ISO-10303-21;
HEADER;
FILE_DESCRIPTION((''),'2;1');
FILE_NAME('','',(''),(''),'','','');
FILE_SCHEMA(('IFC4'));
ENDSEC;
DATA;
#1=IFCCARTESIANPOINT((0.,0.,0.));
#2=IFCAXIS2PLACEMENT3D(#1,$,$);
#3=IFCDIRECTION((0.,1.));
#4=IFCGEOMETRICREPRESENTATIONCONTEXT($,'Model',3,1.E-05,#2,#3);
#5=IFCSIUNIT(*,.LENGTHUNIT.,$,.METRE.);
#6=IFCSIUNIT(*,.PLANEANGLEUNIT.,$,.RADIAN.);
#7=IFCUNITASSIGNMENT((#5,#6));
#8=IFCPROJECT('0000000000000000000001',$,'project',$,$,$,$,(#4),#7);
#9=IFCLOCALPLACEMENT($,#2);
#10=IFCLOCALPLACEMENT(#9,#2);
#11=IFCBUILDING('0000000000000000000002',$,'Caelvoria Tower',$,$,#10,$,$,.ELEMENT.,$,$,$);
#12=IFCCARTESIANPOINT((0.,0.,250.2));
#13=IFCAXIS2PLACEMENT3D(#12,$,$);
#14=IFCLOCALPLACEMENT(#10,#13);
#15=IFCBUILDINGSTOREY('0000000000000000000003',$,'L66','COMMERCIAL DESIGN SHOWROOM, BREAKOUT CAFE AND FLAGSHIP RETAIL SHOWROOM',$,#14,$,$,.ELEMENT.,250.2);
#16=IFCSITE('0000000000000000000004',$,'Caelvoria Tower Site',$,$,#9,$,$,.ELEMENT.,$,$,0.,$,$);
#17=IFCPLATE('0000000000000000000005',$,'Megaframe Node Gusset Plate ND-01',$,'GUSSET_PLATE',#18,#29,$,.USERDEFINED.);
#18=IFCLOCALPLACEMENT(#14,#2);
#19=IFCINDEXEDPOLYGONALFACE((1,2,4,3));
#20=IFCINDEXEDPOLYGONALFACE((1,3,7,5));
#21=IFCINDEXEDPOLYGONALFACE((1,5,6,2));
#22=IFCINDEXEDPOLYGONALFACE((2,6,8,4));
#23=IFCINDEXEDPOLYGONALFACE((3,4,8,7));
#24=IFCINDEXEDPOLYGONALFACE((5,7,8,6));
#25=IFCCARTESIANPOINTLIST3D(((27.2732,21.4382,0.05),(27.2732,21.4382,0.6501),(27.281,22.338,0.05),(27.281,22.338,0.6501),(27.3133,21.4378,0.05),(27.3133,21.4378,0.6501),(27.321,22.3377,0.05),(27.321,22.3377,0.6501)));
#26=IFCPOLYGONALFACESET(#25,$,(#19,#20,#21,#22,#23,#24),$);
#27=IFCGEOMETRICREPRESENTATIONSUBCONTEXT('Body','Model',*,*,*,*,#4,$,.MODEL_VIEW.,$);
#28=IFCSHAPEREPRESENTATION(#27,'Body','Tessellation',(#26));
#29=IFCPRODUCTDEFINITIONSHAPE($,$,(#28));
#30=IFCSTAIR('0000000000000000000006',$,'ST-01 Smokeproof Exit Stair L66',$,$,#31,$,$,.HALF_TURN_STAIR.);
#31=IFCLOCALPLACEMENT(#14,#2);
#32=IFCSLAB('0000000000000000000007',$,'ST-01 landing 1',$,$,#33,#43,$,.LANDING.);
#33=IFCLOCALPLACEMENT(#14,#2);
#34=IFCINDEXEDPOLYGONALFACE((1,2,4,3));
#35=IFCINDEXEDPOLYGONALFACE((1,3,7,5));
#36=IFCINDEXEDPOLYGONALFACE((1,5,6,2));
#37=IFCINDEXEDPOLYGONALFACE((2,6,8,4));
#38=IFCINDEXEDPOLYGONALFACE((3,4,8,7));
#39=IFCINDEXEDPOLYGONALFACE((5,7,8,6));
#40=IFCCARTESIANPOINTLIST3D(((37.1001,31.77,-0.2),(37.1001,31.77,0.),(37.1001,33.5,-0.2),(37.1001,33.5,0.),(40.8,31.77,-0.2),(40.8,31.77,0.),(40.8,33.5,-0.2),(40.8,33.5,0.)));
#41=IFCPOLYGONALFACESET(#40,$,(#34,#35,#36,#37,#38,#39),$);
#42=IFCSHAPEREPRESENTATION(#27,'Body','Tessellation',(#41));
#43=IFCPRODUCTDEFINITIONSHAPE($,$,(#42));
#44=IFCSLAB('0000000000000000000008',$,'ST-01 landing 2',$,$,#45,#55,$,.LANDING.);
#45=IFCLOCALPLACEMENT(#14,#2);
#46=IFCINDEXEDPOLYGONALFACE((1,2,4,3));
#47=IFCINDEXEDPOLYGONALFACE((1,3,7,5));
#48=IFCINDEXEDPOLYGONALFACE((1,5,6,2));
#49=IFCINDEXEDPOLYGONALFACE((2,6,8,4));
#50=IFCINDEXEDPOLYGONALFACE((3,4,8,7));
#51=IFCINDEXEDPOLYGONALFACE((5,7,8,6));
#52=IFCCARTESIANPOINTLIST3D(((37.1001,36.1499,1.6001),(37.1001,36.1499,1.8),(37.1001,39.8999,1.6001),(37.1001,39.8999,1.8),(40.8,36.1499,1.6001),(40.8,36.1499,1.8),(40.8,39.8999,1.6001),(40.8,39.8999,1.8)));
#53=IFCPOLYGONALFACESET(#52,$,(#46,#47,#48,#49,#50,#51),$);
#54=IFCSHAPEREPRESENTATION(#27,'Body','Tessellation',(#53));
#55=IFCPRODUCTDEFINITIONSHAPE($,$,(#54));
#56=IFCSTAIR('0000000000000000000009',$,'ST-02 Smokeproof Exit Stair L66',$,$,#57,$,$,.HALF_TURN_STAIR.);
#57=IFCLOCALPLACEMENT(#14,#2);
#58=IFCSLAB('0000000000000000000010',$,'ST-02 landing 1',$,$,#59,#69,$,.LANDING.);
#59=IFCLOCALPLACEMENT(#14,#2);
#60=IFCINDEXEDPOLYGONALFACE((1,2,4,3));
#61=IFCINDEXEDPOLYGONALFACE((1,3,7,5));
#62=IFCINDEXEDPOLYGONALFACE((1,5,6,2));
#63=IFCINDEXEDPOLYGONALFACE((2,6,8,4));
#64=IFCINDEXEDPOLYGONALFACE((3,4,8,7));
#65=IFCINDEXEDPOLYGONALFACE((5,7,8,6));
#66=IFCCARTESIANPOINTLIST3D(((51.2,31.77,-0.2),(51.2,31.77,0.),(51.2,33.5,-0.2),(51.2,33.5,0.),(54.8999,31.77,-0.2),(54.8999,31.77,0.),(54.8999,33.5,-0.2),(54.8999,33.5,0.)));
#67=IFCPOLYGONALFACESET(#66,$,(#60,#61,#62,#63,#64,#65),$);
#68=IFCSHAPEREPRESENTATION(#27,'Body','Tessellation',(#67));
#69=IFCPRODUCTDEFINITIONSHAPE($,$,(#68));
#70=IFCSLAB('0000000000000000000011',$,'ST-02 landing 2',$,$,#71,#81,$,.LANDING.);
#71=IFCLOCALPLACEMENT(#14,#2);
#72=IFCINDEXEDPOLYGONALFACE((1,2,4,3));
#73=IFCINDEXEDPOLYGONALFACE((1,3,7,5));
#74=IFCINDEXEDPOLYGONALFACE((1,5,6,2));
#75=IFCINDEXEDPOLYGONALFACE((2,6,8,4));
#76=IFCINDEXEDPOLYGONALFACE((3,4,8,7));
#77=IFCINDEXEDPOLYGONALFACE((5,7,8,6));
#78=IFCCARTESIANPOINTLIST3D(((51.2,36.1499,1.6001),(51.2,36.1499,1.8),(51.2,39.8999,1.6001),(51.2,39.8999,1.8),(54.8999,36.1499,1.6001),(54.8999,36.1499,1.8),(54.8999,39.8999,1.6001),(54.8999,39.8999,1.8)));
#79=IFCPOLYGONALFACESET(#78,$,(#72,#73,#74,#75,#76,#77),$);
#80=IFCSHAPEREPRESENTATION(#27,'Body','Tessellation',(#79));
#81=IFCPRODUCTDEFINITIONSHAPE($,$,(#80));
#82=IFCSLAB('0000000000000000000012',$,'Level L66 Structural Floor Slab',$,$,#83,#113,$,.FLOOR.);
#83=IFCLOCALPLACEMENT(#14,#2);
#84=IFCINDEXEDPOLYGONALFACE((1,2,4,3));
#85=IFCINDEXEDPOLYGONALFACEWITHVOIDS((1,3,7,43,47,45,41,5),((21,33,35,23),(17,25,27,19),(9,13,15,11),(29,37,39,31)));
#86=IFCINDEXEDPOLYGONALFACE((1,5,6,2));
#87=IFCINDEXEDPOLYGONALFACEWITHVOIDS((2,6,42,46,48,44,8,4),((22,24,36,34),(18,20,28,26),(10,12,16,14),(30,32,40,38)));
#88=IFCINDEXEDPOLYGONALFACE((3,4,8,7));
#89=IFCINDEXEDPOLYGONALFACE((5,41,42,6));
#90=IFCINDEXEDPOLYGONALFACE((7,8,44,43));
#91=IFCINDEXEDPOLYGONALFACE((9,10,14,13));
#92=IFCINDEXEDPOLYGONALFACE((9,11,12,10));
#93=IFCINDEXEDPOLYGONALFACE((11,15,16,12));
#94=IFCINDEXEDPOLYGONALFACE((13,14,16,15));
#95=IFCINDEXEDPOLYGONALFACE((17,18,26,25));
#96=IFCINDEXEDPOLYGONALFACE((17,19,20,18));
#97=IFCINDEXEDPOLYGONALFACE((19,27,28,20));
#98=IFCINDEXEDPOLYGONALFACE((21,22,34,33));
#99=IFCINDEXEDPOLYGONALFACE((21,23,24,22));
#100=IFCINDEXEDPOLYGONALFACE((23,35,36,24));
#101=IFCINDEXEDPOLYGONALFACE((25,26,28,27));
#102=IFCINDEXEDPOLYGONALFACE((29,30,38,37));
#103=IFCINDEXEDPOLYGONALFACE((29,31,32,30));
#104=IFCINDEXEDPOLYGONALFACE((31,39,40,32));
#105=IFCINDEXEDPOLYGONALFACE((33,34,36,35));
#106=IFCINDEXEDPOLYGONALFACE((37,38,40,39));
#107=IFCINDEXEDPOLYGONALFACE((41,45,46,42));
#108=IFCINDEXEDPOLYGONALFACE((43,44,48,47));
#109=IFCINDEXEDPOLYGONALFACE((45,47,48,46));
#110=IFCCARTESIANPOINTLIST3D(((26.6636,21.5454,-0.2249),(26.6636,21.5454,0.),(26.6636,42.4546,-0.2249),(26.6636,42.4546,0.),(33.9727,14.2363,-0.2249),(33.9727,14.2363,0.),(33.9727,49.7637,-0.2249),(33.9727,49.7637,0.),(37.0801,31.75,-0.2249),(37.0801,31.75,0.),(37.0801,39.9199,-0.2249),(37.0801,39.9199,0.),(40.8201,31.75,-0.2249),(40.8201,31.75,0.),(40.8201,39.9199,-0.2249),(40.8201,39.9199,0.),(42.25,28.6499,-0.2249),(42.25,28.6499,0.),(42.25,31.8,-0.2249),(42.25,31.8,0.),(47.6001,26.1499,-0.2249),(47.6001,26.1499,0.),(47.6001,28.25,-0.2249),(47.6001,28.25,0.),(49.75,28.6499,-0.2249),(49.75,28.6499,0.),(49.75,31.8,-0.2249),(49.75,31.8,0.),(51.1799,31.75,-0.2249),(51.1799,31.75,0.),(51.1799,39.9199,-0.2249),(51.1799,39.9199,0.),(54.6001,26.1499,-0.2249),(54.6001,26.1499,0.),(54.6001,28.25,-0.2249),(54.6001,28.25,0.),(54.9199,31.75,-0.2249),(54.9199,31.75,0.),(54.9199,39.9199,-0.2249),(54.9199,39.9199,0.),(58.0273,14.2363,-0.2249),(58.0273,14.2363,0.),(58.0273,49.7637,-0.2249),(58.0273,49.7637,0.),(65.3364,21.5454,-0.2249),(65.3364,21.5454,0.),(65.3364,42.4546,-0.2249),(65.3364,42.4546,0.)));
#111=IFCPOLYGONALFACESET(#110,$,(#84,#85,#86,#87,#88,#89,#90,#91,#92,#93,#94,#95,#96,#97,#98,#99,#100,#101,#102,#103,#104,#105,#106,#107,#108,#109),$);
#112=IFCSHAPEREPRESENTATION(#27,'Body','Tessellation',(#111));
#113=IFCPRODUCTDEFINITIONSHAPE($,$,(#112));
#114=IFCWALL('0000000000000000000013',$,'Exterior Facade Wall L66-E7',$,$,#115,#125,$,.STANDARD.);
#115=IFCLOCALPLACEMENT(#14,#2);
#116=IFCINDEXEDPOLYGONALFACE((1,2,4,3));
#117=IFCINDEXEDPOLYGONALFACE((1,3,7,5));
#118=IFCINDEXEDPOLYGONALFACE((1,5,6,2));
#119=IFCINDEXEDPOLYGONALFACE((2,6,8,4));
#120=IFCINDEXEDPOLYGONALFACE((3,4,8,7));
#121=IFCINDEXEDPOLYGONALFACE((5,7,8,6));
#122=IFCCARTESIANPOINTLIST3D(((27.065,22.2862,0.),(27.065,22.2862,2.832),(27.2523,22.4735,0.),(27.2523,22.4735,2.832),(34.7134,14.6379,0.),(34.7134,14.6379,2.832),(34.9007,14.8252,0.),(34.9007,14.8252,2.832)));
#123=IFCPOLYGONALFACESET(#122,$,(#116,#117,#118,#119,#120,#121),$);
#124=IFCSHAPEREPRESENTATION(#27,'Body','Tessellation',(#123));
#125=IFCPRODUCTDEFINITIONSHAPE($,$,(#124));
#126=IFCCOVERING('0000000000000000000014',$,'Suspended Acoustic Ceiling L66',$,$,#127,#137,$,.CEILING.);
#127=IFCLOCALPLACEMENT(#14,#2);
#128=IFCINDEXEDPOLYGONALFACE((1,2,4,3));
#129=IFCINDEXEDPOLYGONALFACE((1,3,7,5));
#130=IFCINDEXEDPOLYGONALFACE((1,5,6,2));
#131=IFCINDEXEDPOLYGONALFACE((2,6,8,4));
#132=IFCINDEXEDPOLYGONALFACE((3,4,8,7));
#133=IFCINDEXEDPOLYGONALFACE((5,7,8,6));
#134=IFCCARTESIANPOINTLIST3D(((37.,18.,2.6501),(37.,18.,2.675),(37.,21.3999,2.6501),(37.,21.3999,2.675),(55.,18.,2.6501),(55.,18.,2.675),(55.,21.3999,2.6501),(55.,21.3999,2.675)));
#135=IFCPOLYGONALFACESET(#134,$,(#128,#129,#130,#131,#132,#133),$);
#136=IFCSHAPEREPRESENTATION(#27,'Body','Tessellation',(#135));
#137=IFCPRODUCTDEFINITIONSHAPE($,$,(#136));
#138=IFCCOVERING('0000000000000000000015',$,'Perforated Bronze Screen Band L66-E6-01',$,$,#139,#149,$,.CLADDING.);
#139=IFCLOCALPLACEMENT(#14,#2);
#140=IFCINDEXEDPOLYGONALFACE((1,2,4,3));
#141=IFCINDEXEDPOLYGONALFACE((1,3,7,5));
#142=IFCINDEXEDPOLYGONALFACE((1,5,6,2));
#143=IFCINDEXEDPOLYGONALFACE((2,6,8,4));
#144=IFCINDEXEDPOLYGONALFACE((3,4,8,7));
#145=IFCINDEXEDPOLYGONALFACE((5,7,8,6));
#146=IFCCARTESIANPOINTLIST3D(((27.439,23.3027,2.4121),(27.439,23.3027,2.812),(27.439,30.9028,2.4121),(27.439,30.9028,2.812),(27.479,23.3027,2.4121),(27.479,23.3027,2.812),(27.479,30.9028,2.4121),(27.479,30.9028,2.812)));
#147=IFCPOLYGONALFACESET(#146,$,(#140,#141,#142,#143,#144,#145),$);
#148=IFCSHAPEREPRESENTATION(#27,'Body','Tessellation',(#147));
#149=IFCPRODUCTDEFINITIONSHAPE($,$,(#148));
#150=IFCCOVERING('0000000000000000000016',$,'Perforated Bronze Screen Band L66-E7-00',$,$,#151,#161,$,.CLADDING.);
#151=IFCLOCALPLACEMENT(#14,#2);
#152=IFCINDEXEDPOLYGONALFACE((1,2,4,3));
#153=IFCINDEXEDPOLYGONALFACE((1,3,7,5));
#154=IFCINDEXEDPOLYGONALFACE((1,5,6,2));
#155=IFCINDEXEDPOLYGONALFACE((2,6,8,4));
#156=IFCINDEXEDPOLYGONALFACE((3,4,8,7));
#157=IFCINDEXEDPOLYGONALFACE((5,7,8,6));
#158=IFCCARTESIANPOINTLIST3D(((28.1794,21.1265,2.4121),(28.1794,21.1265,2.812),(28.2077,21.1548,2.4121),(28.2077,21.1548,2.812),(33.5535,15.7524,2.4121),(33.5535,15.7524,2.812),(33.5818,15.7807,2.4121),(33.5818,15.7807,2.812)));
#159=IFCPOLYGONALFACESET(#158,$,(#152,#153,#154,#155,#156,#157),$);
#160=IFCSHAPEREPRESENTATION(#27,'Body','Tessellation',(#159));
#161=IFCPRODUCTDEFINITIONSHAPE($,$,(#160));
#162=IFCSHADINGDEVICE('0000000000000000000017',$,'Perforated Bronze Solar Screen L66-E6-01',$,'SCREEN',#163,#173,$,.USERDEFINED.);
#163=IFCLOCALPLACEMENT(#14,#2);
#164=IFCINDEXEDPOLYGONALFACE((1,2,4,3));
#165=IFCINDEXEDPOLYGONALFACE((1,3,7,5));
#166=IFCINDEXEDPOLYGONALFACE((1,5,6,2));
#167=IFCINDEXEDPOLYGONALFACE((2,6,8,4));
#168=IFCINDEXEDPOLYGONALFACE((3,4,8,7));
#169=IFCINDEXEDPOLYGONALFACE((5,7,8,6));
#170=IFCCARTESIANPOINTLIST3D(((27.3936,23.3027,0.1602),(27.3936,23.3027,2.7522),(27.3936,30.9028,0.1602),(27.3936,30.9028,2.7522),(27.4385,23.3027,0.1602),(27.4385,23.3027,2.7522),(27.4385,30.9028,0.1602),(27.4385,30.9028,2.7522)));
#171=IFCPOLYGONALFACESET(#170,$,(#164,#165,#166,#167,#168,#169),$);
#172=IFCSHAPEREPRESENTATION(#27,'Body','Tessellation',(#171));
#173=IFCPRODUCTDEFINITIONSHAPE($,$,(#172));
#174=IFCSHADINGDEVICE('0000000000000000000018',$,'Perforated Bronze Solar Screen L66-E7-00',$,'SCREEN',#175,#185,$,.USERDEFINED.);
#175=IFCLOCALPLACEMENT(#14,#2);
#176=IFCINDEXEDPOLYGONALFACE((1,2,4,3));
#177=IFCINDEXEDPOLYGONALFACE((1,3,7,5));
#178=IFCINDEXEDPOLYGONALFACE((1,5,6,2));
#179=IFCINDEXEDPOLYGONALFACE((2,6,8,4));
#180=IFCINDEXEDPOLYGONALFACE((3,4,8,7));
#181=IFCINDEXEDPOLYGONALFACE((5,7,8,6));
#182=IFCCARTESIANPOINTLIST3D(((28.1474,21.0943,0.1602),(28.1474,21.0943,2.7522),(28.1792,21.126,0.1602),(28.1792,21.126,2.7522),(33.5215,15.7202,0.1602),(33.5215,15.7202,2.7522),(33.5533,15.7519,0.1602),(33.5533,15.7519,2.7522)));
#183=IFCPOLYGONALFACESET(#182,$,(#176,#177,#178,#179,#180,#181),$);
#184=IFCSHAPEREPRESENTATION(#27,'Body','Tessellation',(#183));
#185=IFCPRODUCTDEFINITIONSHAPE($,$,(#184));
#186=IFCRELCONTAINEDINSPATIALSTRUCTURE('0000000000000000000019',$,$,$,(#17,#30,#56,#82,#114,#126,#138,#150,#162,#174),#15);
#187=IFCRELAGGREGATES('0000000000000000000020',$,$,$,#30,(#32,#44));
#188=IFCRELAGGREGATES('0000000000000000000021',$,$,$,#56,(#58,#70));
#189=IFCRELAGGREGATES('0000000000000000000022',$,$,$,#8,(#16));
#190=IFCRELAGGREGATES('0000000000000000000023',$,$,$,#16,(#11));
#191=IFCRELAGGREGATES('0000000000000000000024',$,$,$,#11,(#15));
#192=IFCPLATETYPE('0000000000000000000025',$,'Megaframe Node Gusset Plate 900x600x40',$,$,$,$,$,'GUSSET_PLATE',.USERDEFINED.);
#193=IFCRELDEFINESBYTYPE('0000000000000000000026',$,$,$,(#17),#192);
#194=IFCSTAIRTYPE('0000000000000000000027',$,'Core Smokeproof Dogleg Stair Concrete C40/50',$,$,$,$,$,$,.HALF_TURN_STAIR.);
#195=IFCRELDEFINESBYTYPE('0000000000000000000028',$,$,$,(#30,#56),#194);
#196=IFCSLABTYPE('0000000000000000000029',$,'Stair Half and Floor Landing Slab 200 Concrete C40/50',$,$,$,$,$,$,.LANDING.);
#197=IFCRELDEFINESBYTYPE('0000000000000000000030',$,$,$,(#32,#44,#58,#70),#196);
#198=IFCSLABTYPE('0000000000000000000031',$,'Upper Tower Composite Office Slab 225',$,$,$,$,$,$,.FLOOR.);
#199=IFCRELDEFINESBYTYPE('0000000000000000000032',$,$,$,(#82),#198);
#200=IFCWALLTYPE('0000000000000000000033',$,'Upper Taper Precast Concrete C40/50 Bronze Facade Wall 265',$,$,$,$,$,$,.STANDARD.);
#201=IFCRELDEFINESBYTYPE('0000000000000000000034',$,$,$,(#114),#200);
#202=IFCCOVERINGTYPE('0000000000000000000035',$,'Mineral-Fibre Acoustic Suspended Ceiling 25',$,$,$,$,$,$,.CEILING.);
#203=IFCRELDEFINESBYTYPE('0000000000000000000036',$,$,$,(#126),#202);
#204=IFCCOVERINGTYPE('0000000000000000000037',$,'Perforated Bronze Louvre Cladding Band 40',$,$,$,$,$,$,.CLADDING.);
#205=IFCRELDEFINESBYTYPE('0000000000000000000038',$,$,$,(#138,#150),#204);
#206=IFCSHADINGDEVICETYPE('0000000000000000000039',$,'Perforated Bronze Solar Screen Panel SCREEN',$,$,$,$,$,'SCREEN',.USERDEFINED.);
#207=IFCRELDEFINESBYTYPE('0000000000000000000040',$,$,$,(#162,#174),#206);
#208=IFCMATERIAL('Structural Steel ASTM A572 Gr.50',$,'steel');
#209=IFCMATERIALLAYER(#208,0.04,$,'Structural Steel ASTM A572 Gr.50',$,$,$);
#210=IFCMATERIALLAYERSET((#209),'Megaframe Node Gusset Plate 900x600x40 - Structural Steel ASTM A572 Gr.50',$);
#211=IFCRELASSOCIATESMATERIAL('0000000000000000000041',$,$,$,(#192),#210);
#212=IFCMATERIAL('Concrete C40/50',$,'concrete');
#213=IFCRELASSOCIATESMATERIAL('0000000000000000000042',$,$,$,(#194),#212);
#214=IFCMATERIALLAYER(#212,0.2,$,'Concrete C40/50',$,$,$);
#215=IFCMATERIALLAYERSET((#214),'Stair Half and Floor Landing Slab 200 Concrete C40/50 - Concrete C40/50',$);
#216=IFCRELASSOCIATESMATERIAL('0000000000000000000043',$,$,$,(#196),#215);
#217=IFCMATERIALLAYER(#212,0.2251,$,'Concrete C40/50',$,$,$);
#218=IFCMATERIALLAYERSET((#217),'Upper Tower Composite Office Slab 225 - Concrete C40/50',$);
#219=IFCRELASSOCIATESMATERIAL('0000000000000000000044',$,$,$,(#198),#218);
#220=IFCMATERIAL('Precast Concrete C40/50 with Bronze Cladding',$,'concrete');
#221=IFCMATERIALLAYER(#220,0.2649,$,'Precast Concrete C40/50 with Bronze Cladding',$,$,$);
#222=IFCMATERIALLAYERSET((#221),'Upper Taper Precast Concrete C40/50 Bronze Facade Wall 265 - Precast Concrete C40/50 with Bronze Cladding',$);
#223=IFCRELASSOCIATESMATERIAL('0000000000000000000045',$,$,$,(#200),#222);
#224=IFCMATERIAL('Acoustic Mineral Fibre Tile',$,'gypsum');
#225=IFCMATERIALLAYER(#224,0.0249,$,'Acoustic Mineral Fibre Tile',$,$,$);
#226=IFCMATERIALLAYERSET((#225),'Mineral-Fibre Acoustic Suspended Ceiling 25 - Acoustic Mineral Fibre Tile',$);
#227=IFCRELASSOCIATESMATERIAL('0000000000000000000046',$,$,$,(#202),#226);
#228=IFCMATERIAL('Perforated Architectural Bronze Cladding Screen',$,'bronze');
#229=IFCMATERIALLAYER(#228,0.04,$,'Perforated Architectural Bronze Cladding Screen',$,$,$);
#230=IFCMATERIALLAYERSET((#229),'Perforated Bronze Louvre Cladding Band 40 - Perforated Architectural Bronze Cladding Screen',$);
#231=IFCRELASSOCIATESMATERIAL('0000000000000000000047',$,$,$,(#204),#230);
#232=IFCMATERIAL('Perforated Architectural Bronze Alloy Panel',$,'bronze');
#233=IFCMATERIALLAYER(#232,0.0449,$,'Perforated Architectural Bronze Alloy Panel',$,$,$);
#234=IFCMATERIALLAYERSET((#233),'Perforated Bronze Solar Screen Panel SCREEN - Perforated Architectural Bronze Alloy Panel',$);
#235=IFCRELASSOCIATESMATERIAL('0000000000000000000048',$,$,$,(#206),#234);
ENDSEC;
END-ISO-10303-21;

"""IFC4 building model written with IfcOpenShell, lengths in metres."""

from ifc_helpers import new_model, si_unit, direction, frame, frame_2d, origin, origin_2d, place, context, subcontext, project, spatial, polyline, rectangle, outline, extrude, material, layer, layer_set, type_object, element, aggregate, save


model = new_model("IFC4")

# Units and contexts
model_context = context("Model", 3, precision=1e-05, world=origin(), true_north=direction((0.0, 1.0)))
body_context = subcontext(model_context, "Body", "Model", "MODEL_VIEW")
ifc_project = project(units=[si_unit("LENGTHUNIT", "METRE"), si_unit("PLANEANGLEUNIT", "RADIAN")], contexts=[model_context])

# Site, building, storey
site_placement = place(None, origin())
site = spatial("IfcSite", under=ifc_project, at=site_placement, Name="Caelvoria Tower Site", CompositionType="ELEMENT", RefElevation=0.0)
building_placement = place(site_placement, origin())
building = spatial("IfcBuilding", under=site, at=building_placement, Name="Caelvoria Tower", CompositionType="ELEMENT")
storey_placement = place(building_placement, frame((0.0, 0.0, 250.2)))
storey = spatial("IfcBuildingStorey", under=building, at=storey_placement, Name="L66", Description="COMMERCIAL DESIGN SHOWROOM, BREAKOUT CAFE AND FLAGSHIP RETAIL SHOWROOM", CompositionType="ELEMENT", Elevation=250.2)

# Shared definitions
ifc_material_1 = material(Name="Structural Steel ASTM A572 Gr.50", Category="steel")

# Plate
ifc_layer_1 = layer(ifc_material_1, 0.04, Name="Structural Steel ASTM A572 Gr.50")
ifc_layer_set_1 = layer_set([ifc_layer_1], Name="Megaframe Node Gusset Plate 900x600x40 - Structural Steel ASTM A572 Gr.50")
plate_type = type_object("IfcPlateType", Name="Megaframe Node Gusset Plate 900x600x40", ElementType="GUSSET_PLATE", PredefinedType="USERDEFINED", material=ifc_layer_set_1)
for number, where, z_axis, x_axis, name in (
    (1, (27.2971, 21.8879, 0.05), (0.0, 0.0, 1.0), (0.008564, 0.999963, 0.0), "Megaframe Node Gusset Plate ND-01"),
):
    element("IfcPlate", number, at=place(storey_placement, frame(where, z_axis=z_axis, x_axis=x_axis)), inside=storey, type_object=plate_type, Name=name, ObjectType="GUSSET_PLATE", PredefinedType="USERDEFINED", context=body_context, shape_type="SweptSolid", body=[
        extrude(rectangle(XDim=0.8999, YDim=0.04, at=origin_2d()), origin(), (0.0, 0.0, 1.0), 0.6001),
    ])

# Stairs, slabs
ifc_material_2 = material(Name="Concrete C40/50", Category="concrete")
stair_type = type_object("IfcStairType", Name="Core Smokeproof Dogleg Stair Concrete C40/50", PredefinedType="HALF_TURN_STAIR", material=ifc_material_2)
stair_1_placement = place(storey_placement, origin())
stair_1 = element("IfcStair", 2, at=stair_1_placement, inside=storey, type_object=stair_type, Name="ST-01 Smokeproof Exit Stair L66", PredefinedType="HALF_TURN_STAIR")
ifc_layer_2 = layer(ifc_material_2, 0.2, Name="Concrete C40/50")
ifc_layer_set_2 = layer_set([ifc_layer_2], Name="Stair Half and Floor Landing Slab 200 Concrete C40/50 - Concrete C40/50")
slab_type_1 = type_object("IfcSlabType", Name="Stair Half and Floor Landing Slab 200 Concrete C40/50", PredefinedType="LANDING", material=ifc_layer_set_2)
slab_1_placement = place(storey_placement, frame((0.0, 0.0, -0.2)))
slab_1 = element("IfcSlab", 3, at=slab_1_placement, type_object=slab_type_1, Name="ST-01 landing 1", PredefinedType="LANDING", context=body_context, shape_type="SweptSolid", body=[
    extrude(outline(polyline([(37.1001, 31.77), (40.8, 31.77), (40.8, 33.5), (37.1001, 33.5), (37.1001, 31.77)])), origin(), (0.0, 0.0, 1.0), 0.2),
])
slab_2_placement = place(storey_placement, frame((0.0, 0.0, 1.6001)))
slab_2 = element("IfcSlab", 4, at=slab_2_placement, type_object=slab_type_1, Name="ST-01 landing 2", PredefinedType="LANDING", context=body_context, shape_type="SweptSolid", body=[
    extrude(outline(polyline([(37.1001, 36.1499), (40.8, 36.1499), (40.8, 39.8999), (37.1001, 39.8999), (37.1001, 36.1499)])), origin(), (0.0, 0.0, 1.0), 0.2),
])
aggregate(stair_1, [slab_1, slab_2])
stair_2_placement = place(storey_placement, origin())
stair_2 = element("IfcStair", 5, at=stair_2_placement, inside=storey, type_object=stair_type, Name="ST-02 Smokeproof Exit Stair L66", PredefinedType="HALF_TURN_STAIR")
slab_3_placement = place(storey_placement, frame((0.0, 0.0, -0.2)))
slab_3 = element("IfcSlab", 6, at=slab_3_placement, type_object=slab_type_1, Name="ST-02 landing 1", PredefinedType="LANDING", context=body_context, shape_type="SweptSolid", body=[
    extrude(outline(polyline([(51.2, 31.77), (54.8999, 31.77), (54.8999, 33.5), (51.2, 33.5), (51.2, 31.77)])), origin(), (0.0, 0.0, 1.0), 0.2),
])
slab_4_placement = place(storey_placement, frame((0.0, 0.0, 1.6001)))
slab_4 = element("IfcSlab", 7, at=slab_4_placement, type_object=slab_type_1, Name="ST-02 landing 2", PredefinedType="LANDING", context=body_context, shape_type="SweptSolid", body=[
    extrude(outline(polyline([(51.2, 36.1499), (54.8999, 36.1499), (54.8999, 39.8999), (51.2, 39.8999), (51.2, 36.1499)])), origin(), (0.0, 0.0, 1.0), 0.2),
])
aggregate(stair_2, [slab_3, slab_4])

# Slab
ifc_layer_3 = layer(ifc_material_2, 0.2251, Name="Concrete C40/50")
ifc_layer_set_3 = layer_set([ifc_layer_3], Name="Upper Tower Composite Office Slab 225 - Concrete C40/50")
slab_type_2 = type_object("IfcSlabType", Name="Upper Tower Composite Office Slab 225", PredefinedType="FLOOR", material=ifc_layer_set_3)
slab_5_placement = place(storey_placement, frame((0.0, 0.0, -0.2249)))
element("IfcSlab", 8, at=slab_5_placement, inside=storey, type_object=slab_type_2, Name="Level L66 Structural Floor Slab", PredefinedType="FLOOR", context=body_context, shape_type="SweptSolid", body=[
    extrude(outline(polyline([(33.9727, 14.2363), (58.0273, 14.2363), (65.3364, 21.5454), (65.3364, 42.4546), (58.0273, 49.7637), (33.9727, 49.7637), (26.6636, 42.4546), (26.6636, 21.5454), (33.9727, 14.2363)]), holes=[polyline([(37.0801, 31.75), (40.8201, 31.75), (40.8201, 39.9199), (37.0801, 39.9199), (37.0801, 31.75)]), polyline([(51.1799, 31.75), (54.9199, 31.75), (54.9199, 39.9199), (51.1799, 39.9199), (51.1799, 31.75)]), polyline([(42.25, 28.6499), (49.75, 28.6499), (49.75, 31.8), (42.25, 31.8), (42.25, 28.6499)]), polyline([(47.6001, 26.1499), (54.6001, 26.1499), (54.6001, 28.25), (47.6001, 28.25), (47.6001, 26.1499)])]), origin(), (0.0, 0.0, 1.0), 0.2249),
])

# Wall
ifc_material_3 = material(Name="Precast Concrete C40/50 with Bronze Cladding", Category="concrete")
ifc_layer_4 = layer(ifc_material_3, 0.2649, Name="Precast Concrete C40/50 with Bronze Cladding")
ifc_layer_set_4 = layer_set([ifc_layer_4], Name="Upper Taper Precast Concrete C40/50 Bronze Facade Wall 265 - Precast Concrete C40/50 with Bronze Cladding")
wall_type = type_object("IfcWallType", Name="Upper Taper Precast Concrete C40/50 Bronze Facade Wall 265", PredefinedType="STANDARD", material=ifc_layer_set_4)
wall_placement = place(storey_placement, frame((27.1587, 22.3799, 0.0), z_axis=(0.0, 0.0, 1.0), x_axis=(0.707107, -0.707107, 0.0)))
element("IfcWall", 9, at=wall_placement, inside=storey, type_object=wall_type, Name="Exterior Facade Wall L66-E7", PredefinedType="STANDARD", context=body_context, shape_type="SweptSolid", body=[
    extrude(rectangle(XDim=10.8164, YDim=0.2649, at=frame_2d((5.4082, 0.0))), origin(), (0.0, 0.0, 1.0), 2.832),
])

# Coverings
ifc_material_4 = material(Name="Acoustic Mineral Fibre Tile", Category="gypsum")
ifc_layer_5 = layer(ifc_material_4, 0.0249, Name="Acoustic Mineral Fibre Tile")
ifc_layer_set_5 = layer_set([ifc_layer_5], Name="Mineral-Fibre Acoustic Suspended Ceiling 25 - Acoustic Mineral Fibre Tile")
covering_type_1 = type_object("IfcCoveringType", Name="Mineral-Fibre Acoustic Suspended Ceiling 25", PredefinedType="CEILING", material=ifc_layer_set_5)
covering_1_placement = place(storey_placement, frame((0.0, 0.0, 2.6501)))
element("IfcCovering", 10, at=covering_1_placement, inside=storey, type_object=covering_type_1, Name="Suspended Acoustic Ceiling L66", PredefinedType="CEILING", context=body_context, shape_type="SweptSolid", body=[
    extrude(outline(polyline([(37.0, 18.0), (55.0, 18.0), (55.0, 21.3999), (37.0, 21.3999), (37.0, 18.0)])), origin(), (0.0, 0.0, 1.0), 0.0249),
])
ifc_material_5 = material(Name="Perforated Architectural Bronze Cladding Screen", Category="bronze")
ifc_layer_6 = layer(ifc_material_5, 0.04, Name="Perforated Architectural Bronze Cladding Screen")
ifc_layer_set_6 = layer_set([ifc_layer_6], Name="Perforated Bronze Louvre Cladding Band 40 - Perforated Architectural Bronze Cladding Screen")
covering_type_2 = type_object("IfcCoveringType", Name="Perforated Bronze Louvre Cladding Band 40", PredefinedType="CLADDING", material=ifc_layer_set_6)
for number, where, z_axis, x_axis, name in (
    (11, (27.459, 27.1028, 2.4121), (0.0, 0.0, 1.0), (0.0, -1.0, 0.0), "Perforated Bronze Screen Band L66-E6-01"),
    (12, (30.8806, 18.4536, 2.4121), (0.0, 0.0, 1.0), (0.707107, -0.707107, 0.0), "Perforated Bronze Screen Band L66-E7-00"),
):
    element("IfcCovering", number, at=place(storey_placement, frame(where, z_axis=z_axis, x_axis=x_axis)), inside=storey, type_object=covering_type_2, Name=name, PredefinedType="CLADDING", context=body_context, shape_type="SweptSolid", body=[
        extrude(rectangle(XDim=7.6001, YDim=0.04, at=origin_2d()), origin(), (0.0, 0.0, 1.0), 0.3999),
    ])

# Shading devices
ifc_material_6 = material(Name="Perforated Architectural Bronze Alloy Panel", Category="bronze")
ifc_layer_7 = layer(ifc_material_6, 0.0449, Name="Perforated Architectural Bronze Alloy Panel")
ifc_layer_set_7 = layer_set([ifc_layer_7], Name="Perforated Bronze Solar Screen Panel SCREEN - Perforated Architectural Bronze Alloy Panel")
shading_device_type = type_object("IfcShadingDeviceType", Name="Perforated Bronze Solar Screen Panel SCREEN", ElementType="SCREEN", PredefinedType="USERDEFINED", material=ifc_layer_set_7)
for number, where, z_axis, x_axis, name in (
    (13, (27.416, 27.1028, 0.1602), (0.0, 0.0, 1.0), (0.0, -1.0, 0.0), "Perforated Bronze Solar Screen L66-E6-01"),
    (14, (30.8503, 18.4231, 0.1602), (0.0, 0.0, 1.0), (0.707107, -0.707107, 0.0), "Perforated Bronze Solar Screen L66-E7-00"),
):
    element("IfcShadingDevice", number, at=place(storey_placement, frame(where, z_axis=z_axis, x_axis=x_axis)), inside=storey, type_object=shading_device_type, Name=name, ObjectType="SCREEN", PredefinedType="USERDEFINED", context=body_context, shape_type="SweptSolid", body=[
        extrude(rectangle(XDim=7.6001, YDim=0.0449, at=origin_2d()), origin(), (0.0, 0.0, 1.0), 2.592),
    ])

save(model, "model.ifc")
